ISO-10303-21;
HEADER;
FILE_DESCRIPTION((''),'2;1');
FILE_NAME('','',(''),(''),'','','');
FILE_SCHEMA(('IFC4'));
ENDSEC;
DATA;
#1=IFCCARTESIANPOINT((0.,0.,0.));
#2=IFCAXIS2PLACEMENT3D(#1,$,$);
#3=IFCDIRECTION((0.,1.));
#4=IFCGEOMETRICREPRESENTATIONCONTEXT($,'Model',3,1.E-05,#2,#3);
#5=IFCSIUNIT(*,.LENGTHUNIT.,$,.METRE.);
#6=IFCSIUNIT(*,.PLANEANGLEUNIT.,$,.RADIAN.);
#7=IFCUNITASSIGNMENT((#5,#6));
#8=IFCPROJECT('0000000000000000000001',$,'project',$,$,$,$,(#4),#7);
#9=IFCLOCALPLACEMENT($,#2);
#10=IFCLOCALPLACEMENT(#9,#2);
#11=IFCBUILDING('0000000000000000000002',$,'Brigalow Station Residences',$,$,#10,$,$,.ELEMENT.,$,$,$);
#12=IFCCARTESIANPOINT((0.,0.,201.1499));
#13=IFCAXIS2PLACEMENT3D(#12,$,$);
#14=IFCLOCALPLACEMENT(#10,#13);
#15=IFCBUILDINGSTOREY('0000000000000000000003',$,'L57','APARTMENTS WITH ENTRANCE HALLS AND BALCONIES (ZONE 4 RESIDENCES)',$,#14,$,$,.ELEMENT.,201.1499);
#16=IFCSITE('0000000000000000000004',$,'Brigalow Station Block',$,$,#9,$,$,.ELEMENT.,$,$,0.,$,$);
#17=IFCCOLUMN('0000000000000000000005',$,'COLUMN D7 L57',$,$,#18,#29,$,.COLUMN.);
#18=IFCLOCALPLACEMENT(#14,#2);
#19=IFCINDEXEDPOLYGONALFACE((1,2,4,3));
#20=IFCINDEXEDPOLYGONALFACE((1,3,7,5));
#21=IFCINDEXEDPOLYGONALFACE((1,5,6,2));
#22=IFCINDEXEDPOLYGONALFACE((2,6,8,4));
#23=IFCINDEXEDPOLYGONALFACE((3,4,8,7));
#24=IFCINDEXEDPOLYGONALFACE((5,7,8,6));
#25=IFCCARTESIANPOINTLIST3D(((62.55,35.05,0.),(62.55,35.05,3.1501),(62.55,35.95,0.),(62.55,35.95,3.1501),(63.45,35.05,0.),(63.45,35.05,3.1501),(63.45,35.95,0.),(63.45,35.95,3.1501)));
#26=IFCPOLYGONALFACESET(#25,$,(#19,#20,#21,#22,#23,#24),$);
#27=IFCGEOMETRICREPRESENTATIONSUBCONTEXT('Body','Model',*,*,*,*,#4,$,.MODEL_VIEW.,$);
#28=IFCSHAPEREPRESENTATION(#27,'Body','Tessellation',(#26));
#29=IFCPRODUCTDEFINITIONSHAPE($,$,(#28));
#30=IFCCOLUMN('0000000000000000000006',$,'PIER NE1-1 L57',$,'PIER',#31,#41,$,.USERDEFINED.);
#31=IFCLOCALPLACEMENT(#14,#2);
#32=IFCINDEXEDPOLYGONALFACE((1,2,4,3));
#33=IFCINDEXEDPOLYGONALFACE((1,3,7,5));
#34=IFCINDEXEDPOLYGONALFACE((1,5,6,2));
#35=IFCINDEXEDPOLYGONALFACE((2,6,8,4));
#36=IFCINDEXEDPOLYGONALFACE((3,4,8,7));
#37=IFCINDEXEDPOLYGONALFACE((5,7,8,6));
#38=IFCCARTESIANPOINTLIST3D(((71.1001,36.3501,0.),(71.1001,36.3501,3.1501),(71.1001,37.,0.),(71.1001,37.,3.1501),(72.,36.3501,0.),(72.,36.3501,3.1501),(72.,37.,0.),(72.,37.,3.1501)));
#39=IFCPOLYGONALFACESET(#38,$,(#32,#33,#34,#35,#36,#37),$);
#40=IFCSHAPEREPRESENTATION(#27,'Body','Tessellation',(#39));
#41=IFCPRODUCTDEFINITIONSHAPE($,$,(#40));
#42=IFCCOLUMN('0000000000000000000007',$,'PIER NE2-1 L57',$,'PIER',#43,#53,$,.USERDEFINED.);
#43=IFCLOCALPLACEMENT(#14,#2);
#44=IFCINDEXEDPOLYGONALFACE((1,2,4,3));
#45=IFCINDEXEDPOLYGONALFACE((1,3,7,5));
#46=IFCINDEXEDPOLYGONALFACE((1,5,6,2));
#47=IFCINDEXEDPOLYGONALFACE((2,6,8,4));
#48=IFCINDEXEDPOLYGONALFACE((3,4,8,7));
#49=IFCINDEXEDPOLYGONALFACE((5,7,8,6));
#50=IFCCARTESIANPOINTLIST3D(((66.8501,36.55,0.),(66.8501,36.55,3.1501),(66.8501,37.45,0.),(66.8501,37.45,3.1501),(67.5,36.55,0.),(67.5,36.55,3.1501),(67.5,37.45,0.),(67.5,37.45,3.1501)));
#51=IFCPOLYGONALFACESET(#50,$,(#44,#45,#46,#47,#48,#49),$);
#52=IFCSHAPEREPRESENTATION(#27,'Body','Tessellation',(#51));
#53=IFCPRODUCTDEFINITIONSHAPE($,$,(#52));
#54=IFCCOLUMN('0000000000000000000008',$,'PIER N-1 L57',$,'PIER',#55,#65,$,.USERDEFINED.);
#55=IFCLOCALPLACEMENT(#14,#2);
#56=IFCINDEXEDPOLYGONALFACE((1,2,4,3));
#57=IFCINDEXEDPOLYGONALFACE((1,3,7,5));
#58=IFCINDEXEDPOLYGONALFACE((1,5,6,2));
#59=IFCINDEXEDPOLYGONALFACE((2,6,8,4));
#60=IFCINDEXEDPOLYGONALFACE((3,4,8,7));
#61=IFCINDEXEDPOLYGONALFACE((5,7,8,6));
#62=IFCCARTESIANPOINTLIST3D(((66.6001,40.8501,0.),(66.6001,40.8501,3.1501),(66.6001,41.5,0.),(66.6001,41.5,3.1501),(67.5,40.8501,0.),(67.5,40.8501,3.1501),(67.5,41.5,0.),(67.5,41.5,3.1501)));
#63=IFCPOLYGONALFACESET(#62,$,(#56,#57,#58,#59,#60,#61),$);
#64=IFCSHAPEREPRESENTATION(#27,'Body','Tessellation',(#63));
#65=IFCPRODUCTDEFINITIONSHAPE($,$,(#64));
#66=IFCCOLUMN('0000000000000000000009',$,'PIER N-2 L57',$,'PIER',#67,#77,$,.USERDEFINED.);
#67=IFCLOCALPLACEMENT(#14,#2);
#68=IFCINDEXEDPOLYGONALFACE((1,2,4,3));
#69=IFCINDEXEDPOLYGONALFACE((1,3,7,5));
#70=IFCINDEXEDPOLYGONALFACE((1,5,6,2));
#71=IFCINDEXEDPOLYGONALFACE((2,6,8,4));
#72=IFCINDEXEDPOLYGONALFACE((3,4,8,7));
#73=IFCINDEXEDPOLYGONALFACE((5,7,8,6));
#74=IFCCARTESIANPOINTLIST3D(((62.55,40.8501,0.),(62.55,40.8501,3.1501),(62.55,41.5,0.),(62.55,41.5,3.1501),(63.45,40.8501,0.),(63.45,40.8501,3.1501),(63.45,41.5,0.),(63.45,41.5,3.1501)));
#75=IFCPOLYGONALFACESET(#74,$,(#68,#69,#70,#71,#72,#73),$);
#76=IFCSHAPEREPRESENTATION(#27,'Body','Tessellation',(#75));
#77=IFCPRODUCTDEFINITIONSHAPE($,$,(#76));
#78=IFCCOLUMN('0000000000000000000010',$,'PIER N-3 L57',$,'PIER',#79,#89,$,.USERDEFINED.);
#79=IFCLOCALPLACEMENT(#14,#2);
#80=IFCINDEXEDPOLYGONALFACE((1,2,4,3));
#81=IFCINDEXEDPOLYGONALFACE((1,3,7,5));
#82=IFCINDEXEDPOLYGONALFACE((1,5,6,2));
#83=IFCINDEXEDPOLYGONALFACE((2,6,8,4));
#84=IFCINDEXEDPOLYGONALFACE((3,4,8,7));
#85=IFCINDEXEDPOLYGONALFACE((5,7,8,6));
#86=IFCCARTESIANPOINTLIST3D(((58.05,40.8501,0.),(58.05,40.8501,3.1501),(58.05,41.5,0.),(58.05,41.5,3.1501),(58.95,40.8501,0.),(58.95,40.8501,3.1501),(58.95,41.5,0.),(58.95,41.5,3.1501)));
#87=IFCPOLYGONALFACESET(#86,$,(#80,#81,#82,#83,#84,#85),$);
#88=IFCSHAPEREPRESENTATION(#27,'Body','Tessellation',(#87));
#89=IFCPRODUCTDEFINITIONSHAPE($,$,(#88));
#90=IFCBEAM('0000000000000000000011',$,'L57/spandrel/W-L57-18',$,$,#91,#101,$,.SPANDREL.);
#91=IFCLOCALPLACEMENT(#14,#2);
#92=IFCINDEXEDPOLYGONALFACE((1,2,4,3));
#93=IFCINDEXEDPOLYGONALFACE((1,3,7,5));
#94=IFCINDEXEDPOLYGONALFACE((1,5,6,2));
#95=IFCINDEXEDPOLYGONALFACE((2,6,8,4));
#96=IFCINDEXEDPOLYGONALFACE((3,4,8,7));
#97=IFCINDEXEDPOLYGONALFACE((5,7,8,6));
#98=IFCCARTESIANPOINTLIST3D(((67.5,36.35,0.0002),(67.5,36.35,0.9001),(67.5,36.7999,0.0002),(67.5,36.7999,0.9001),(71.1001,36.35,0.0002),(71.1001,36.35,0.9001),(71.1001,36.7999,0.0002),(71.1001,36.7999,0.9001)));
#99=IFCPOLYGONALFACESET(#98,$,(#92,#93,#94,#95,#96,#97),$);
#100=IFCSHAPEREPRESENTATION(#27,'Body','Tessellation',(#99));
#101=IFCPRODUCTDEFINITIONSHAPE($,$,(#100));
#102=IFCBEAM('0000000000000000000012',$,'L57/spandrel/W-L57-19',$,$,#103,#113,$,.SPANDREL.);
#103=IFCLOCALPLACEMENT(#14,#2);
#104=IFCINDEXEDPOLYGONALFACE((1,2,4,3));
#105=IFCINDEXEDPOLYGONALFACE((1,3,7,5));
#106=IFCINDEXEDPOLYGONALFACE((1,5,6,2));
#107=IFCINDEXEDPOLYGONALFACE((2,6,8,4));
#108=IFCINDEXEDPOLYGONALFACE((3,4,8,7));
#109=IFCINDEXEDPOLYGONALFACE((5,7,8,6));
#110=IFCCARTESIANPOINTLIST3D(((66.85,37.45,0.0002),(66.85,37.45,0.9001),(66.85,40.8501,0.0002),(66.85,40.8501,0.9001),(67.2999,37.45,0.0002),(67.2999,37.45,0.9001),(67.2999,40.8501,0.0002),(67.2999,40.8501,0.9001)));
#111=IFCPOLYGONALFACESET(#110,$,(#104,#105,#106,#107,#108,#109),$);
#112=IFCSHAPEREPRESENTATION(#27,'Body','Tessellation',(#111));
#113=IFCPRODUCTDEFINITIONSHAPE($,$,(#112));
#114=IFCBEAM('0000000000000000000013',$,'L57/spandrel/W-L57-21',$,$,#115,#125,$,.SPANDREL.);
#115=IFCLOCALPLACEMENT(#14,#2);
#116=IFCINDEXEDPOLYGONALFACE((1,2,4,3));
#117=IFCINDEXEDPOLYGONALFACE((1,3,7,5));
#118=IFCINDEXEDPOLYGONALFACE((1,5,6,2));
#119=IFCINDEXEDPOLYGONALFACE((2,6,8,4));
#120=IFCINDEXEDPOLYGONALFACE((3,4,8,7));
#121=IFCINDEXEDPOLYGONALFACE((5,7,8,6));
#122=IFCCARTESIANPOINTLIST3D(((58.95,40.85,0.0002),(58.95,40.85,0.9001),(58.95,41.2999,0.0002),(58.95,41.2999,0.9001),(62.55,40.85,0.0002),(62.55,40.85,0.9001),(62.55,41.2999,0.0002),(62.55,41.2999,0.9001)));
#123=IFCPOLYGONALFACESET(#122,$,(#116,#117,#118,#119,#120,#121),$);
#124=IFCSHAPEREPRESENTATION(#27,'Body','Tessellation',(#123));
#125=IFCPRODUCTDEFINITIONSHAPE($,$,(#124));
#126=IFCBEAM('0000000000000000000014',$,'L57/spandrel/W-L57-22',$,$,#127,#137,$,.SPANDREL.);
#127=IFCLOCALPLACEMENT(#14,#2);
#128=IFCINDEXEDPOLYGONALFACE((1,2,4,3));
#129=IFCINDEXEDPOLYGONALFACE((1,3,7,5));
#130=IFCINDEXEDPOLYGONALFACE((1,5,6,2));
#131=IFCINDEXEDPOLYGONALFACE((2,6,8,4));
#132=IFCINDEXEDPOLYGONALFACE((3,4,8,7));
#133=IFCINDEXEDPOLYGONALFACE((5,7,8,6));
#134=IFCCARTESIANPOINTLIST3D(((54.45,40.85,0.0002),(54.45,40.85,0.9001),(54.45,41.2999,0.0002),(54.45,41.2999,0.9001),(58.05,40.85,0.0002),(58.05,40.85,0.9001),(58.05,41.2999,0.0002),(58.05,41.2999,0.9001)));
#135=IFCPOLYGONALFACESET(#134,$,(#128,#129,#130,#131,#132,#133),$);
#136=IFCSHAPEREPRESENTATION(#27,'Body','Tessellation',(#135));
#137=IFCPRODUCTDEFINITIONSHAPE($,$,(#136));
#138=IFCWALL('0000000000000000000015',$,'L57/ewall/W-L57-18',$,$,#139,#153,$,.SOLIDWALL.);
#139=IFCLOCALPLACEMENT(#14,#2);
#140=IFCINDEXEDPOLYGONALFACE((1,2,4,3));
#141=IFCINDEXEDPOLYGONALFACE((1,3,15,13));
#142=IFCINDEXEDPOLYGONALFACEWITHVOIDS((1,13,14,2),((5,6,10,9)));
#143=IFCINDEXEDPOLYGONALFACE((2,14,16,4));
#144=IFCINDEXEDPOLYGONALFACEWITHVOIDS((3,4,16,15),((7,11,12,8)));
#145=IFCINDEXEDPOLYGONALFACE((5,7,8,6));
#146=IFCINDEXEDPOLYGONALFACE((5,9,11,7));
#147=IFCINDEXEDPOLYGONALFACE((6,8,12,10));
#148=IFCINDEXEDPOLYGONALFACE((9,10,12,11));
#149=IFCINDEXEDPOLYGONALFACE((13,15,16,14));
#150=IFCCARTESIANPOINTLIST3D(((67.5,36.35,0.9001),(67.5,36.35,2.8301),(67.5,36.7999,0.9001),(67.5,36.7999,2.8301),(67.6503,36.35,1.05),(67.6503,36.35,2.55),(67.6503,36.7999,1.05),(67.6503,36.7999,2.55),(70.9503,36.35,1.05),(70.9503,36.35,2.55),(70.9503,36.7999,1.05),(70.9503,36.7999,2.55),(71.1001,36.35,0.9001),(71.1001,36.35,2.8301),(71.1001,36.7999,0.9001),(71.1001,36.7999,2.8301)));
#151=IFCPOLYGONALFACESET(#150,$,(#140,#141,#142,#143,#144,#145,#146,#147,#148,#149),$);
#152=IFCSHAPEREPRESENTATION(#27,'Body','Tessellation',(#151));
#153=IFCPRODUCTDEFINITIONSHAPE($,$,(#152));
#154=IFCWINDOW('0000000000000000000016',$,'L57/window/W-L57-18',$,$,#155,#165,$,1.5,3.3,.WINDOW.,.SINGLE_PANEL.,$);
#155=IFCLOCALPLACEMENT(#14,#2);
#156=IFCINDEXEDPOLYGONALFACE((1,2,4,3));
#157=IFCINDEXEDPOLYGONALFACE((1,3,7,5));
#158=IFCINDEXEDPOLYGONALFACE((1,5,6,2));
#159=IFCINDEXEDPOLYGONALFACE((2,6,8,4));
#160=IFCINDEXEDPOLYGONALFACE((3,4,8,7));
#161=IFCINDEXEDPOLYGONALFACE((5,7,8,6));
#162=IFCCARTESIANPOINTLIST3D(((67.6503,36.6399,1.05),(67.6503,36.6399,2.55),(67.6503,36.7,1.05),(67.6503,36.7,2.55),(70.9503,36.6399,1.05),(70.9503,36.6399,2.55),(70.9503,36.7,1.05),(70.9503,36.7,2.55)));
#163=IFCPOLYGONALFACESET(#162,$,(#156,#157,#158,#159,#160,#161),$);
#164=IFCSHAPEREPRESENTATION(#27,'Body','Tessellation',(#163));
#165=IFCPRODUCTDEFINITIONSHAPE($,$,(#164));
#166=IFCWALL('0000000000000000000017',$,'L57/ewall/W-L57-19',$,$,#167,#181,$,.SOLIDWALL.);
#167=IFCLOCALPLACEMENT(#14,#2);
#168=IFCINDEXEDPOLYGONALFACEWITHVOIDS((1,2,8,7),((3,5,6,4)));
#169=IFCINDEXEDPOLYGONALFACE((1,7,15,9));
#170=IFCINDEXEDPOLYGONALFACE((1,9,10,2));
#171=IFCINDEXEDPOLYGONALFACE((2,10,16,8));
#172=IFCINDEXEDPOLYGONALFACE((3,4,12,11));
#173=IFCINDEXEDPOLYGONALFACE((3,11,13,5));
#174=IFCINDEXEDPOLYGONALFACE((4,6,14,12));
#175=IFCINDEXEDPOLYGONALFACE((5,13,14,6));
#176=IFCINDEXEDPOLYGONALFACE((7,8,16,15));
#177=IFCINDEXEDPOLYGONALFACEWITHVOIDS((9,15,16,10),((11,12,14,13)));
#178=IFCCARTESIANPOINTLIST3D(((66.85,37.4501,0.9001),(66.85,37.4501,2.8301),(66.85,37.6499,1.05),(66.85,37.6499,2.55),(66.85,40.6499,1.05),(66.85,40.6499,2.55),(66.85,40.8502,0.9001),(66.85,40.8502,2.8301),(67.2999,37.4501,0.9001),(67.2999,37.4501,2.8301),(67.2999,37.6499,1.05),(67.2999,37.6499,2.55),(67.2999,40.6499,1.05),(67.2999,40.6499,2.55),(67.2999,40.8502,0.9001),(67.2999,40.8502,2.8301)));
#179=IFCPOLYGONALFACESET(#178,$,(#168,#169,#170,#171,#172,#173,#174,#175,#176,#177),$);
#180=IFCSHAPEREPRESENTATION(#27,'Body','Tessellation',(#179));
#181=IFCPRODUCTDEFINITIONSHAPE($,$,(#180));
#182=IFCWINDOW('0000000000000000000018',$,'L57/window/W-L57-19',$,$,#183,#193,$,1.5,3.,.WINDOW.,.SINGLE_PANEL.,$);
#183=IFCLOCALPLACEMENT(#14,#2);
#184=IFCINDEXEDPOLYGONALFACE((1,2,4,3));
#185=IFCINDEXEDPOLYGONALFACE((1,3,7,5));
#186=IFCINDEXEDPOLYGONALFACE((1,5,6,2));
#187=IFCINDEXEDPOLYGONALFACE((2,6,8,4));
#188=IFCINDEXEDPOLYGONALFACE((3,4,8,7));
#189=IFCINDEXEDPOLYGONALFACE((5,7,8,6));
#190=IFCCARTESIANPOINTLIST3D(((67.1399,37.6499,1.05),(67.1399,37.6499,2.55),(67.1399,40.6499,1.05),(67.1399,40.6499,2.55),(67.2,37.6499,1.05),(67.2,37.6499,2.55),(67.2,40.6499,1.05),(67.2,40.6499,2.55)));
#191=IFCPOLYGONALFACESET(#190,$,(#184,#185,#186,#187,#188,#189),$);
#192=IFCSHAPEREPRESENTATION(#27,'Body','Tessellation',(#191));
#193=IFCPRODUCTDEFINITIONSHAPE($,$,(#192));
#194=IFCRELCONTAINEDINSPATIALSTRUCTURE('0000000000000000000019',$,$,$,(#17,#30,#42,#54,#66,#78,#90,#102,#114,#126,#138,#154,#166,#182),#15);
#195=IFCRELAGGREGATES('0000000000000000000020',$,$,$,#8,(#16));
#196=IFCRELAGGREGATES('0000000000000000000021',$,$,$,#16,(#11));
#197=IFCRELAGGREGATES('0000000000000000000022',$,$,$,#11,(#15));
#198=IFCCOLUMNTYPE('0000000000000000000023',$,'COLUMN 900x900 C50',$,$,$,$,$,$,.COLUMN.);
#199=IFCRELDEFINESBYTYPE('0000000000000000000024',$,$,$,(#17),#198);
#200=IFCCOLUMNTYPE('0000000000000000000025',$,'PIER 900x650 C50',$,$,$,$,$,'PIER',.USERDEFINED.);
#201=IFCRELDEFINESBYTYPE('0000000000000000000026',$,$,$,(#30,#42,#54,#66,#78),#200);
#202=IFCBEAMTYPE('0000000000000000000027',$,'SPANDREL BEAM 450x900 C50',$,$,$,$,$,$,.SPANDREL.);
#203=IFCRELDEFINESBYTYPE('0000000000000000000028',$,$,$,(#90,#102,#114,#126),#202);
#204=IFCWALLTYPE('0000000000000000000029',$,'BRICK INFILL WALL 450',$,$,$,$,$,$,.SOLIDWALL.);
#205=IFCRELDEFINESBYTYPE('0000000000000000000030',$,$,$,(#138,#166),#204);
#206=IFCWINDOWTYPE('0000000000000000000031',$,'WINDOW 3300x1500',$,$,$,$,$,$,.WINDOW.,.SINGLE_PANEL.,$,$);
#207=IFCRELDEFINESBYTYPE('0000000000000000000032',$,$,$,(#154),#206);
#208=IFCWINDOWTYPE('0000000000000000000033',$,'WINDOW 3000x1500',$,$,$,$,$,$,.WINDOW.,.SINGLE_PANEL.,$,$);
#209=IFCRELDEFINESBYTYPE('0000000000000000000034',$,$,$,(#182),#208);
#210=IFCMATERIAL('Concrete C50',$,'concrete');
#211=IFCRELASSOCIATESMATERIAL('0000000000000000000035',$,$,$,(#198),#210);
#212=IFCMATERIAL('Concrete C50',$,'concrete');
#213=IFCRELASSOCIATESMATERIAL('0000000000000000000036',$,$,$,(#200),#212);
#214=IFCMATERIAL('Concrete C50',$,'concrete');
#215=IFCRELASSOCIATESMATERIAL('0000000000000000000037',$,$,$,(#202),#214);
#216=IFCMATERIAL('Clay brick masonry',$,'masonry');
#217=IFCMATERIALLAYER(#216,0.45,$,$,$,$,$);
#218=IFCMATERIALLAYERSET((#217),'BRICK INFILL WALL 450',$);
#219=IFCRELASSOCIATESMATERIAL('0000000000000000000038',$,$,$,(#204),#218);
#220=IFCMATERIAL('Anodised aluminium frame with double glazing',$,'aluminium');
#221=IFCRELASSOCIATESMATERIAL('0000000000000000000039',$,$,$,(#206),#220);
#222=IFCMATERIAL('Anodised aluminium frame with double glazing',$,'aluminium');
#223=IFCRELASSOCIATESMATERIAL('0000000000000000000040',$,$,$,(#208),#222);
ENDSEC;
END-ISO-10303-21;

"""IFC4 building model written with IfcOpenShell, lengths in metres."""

from ifc_helpers import new_model, si_unit, direction, frame, frame_2d, origin, origin_2d, place, context, subcontext, project, spatial, rectangle, extrude, material, layer, layer_set, material_profile, profile_set, type_object, element, fill, save


model = new_model("IFC4")

# Units and contexts
model_context = context("Model", 3, precision=1e-05, world=origin(), true_north=direction((0.0, 1.0)))
body_context = subcontext(model_context, "Body", "Model", "MODEL_VIEW")
ifc_project = project(units=[si_unit("LENGTHUNIT", "METRE"), si_unit("PLANEANGLEUNIT", "RADIAN")], contexts=[model_context])

# Site, building, storey
site_placement = place(None, origin())
site = spatial("IfcSite", under=ifc_project, at=site_placement, Name="Brigalow Station Block", CompositionType="ELEMENT", RefElevation=0.0)
building_placement = place(site_placement, origin())
building = spatial("IfcBuilding", under=site, at=building_placement, Name="Brigalow Station Residences", CompositionType="ELEMENT")
storey_placement = place(building_placement, frame((0.0, 0.0, 201.1499)))
storey = spatial("IfcBuildingStorey", under=building, at=storey_placement, Name="L57", Description="APARTMENTS WITH ENTRANCE HALLS AND BALCONIES (ZONE 4 RESIDENCES)", CompositionType="ELEMENT", Elevation=201.1499)

# Columns
ifc_material_1 = material(Name="Concrete C50", Category="concrete")
ifc_material_profile_1 = material_profile(ifc_material_1, rectangle(XDim=0.8999, YDim=0.8999, at=origin_2d()), Name="RC900x900")
ifc_profile_set_1 = profile_set([ifc_material_profile_1], Name="Concrete C50")
column_type_1 = type_object("IfcColumnType", Name="COLUMN 900x900 C50", PredefinedType="COLUMN", material=ifc_profile_set_1)
column_placement = place(storey_placement, frame((63.0, 35.5, 0.0), z_axis=(0.0, 0.0, 1.0), x_axis=(1.0, 0.0, 0.0)))
element("IfcColumn", 1, at=column_placement, inside=storey, type_object=column_type_1, Name="COLUMN D7 L57", PredefinedType="COLUMN", context=body_context, shape_type="SweptSolid", body=[
    extrude(rectangle(XDim=0.8999, YDim=0.8999, at=origin_2d()), origin(), (0.0, 0.0, 1.0), 3.1501),
])
ifc_material_2 = material(Name="Concrete C50", Category="concrete")
ifc_material_profile_2 = material_profile(ifc_material_2, rectangle(XDim=0.8999, YDim=0.6499, at=origin_2d()), Name="RC900x650")
ifc_profile_set_2 = profile_set([ifc_material_profile_2], Name="Concrete C50")
column_type_2 = type_object("IfcColumnType", Name="PIER 900x650 C50", ElementType="PIER", PredefinedType="USERDEFINED", material=ifc_profile_set_2)
for number, where, z_axis, x_axis, name in (
    (2, (71.55, 36.675, 0.0), (0.0, 0.0, 1.0), (-1.0, 0.0, 0.0), "PIER NE1-1 L57"),
    (3, (67.175, 37.0, 0.0), (0.0, 0.0, 1.0), (0.0, 1.0, 0.0), "PIER NE2-1 L57"),
    (4, (67.05, 41.175, 0.0), (0.0, 0.0, 1.0), (-1.0, 0.0, 0.0), "PIER N-1 L57"),
    (5, (63.0, 41.175, 0.0), (0.0, 0.0, 1.0), (-1.0, 0.0, 0.0), "PIER N-2 L57"),
    (6, (58.5, 41.175, 0.0), (0.0, 0.0, 1.0), (-1.0, 0.0, 0.0), "PIER N-3 L57"),
):
    element("IfcColumn", number, at=place(storey_placement, frame(where, z_axis=z_axis, x_axis=x_axis)), inside=storey, type_object=column_type_2, Name=name, ObjectType="PIER", PredefinedType="USERDEFINED", context=body_context, shape_type="SweptSolid", body=[
        extrude(rectangle(XDim=0.8999, YDim=0.6499, at=origin_2d()), origin(), (0.0, 0.0, 1.0), 3.1501),
    ])

# Beams
ifc_material_3 = material(Name="Concrete C50", Category="concrete")
ifc_material_profile_3 = material_profile(ifc_material_3, rectangle(XDim=0.45, YDim=0.8999, at=origin_2d()), Name="RC450x900")
ifc_profile_set_3 = profile_set([ifc_material_profile_3], Name="Concrete C50")
beam_type = type_object("IfcBeamType", Name="SPANDREL BEAM 450x900 C50", PredefinedType="SPANDREL", material=ifc_profile_set_3)
beam_1_placement = place(storey_placement, frame((71.1001, 36.575, 0.4502), z_axis=(-1.0, 0.0, 0.0), x_axis=(0.0, -1.0, 0.0)))
element("IfcBeam", 7, at=beam_1_placement, inside=storey, type_object=beam_type, Name="L57/spandrel/W-L57-18", PredefinedType="SPANDREL", context=body_context, shape_type="SweptSolid", body=[
    extrude(rectangle(XDim=0.45, YDim=0.8999, at=origin_2d()), origin(), (0.0, 0.0, 1.0), 3.6001),
])
beam_2_placement = place(storey_placement, frame((67.075, 37.45, 0.4502), z_axis=(0.0, 1.0, 0.0), x_axis=(-1.0, 0.0, 0.0)))
element("IfcBeam", 8, at=beam_2_placement, inside=storey, type_object=beam_type, Name="L57/spandrel/W-L57-19", PredefinedType="SPANDREL", context=body_context, shape_type="SweptSolid", body=[
    extrude(rectangle(XDim=0.45, YDim=0.8999, at=origin_2d()), origin(), (0.0, 0.0, 1.0), 3.4001),
])
for number, where, z_axis, x_axis, name in (
    (9, (62.55, 41.075, 0.4502), (-1.0, 0.0, 0.0), (0.0, -1.0, 0.0), "L57/spandrel/W-L57-21"),
    (10, (58.05, 41.075, 0.4502), (-1.0, 0.0, 0.0), (0.0, -1.0, 0.0), "L57/spandrel/W-L57-22"),
):
    element("IfcBeam", number, at=place(storey_placement, frame(where, z_axis=z_axis, x_axis=x_axis)), inside=storey, type_object=beam_type, Name=name, PredefinedType="SPANDREL", context=body_context, shape_type="SweptSolid", body=[
        extrude(rectangle(XDim=0.45, YDim=0.8999, at=origin_2d()), origin(), (0.0, 0.0, 1.0), 3.6001),
    ])

# Walls, openings, windows
ifc_material_4 = material(Name="Clay brick masonry", Category="masonry")
ifc_layer_1 = layer(ifc_material_4, 0.45)
ifc_layer_set_1 = layer_set([ifc_layer_1], Name="BRICK INFILL WALL 450")
wall_type_1 = type_object("IfcWallType", Name="BRICK INFILL WALL 450", PredefinedType="SOLIDWALL", material=ifc_layer_set_1)
wall_1_placement = place(storey_placement, frame((71.1001, 36.575, 0.9001), z_axis=(0.0, 0.0, 1.0), x_axis=(-1.0, 0.0, 0.0)))
wall_1 = element("IfcWall", 11, at=wall_1_placement, inside=storey, type_object=wall_type_1, Name="L57/ewall/W-L57-18", PredefinedType="SOLIDWALL", context=body_context, shape_type="SweptSolid", body=[
    extrude(rectangle(XDim=3.6001, YDim=0.45, at=frame_2d((1.8, 0.0))), origin(), (0.0, 0.0, 1.0), 1.9299),
])
opening_1_placement = place(wall_1_placement, frame((0.1499, 0.0, 0.1499)))
opening_1 = element("IfcOpeningElement", 12, at=opening_1_placement, cuts=wall_1, PredefinedType="OPENING", context=body_context, shape_type="SweptSolid", body=[
    extrude(rectangle(XDim=3.3, YDim=1.5, at=frame_2d((1.6499, 0.75))), frame((0.0, 0.2349, 0.0), z_axis=(0.0, -1.0, 0.0), x_axis=(1.0, 0.0, 0.0)), (0.0, 0.0, 1.0), 0.47),
])
ifc_material_5 = material(Name="Anodised aluminium frame with double glazing", Category="aluminium")
window_type_1 = type_object("IfcWindowType", Name="WINDOW 3300x1500", PartitioningType="SINGLE_PANEL", PredefinedType="WINDOW", material=ifc_material_5)
window_1_placement = place(opening_1_placement, origin())
window_1 = element("IfcWindow", 13, at=window_1_placement, inside=storey, type_object=window_type_1, Name="L57/window/W-L57-18", OverallHeight=1.5, OverallWidth=3.3, PartitioningType="SINGLE_PANEL", PredefinedType="WINDOW", context=body_context, shape_type="SweptSolid", body=[
    extrude(rectangle(XDim=3.3, YDim=1.5, at=frame_2d((1.6499, 0.75))), frame((0.0, -0.0649, 0.0), z_axis=(0.0, -1.0, 0.0), x_axis=(1.0, 0.0, 0.0)), (0.0, 0.0, 1.0), 0.0601),
])
fill(opening_1, window_1)
wall_2_placement = place(storey_placement, frame((67.075, 37.45, 0.9001), z_axis=(0.0, 0.0, 1.0), x_axis=(0.0, 1.0, 0.0)))
wall_2 = element("IfcWall", 14, at=wall_2_placement, inside=storey, type_object=wall_type_1, Name="L57/ewall/W-L57-19", PredefinedType="SOLIDWALL", context=body_context, shape_type="SweptSolid", body=[
    extrude(rectangle(XDim=3.4001, YDim=0.45, at=frame_2d((1.7002, 0.0))), origin(), (0.0, 0.0, 1.0), 1.9299),
])
opening_2_placement = place(wall_2_placement, frame((0.2, 0.0, 0.1499)))
opening_2 = element("IfcOpeningElement", 15, at=opening_2_placement, cuts=wall_2, PredefinedType="OPENING", context=body_context, shape_type="SweptSolid", body=[
    extrude(rectangle(XDim=3.0, YDim=1.5, at=frame_2d((1.5, 0.75))), frame((0.0, 0.2349, 0.0), z_axis=(0.0, -1.0, 0.0), x_axis=(1.0, 0.0, 0.0)), (0.0, 0.0, 1.0), 0.47),
])
ifc_material_6 = material(Name="Anodised aluminium frame with double glazing", Category="aluminium")
window_type_2 = type_object("IfcWindowType", Name="WINDOW 3000x1500", PartitioningType="SINGLE_PANEL", PredefinedType="WINDOW", material=ifc_material_6)
window_2_placement = place(opening_2_placement, origin())
window_2 = element("IfcWindow", 16, at=window_2_placement, inside=storey, type_object=window_type_2, Name="L57/window/W-L57-19", OverallHeight=1.5, OverallWidth=3.0, PartitioningType="SINGLE_PANEL", PredefinedType="WINDOW", context=body_context, shape_type="SweptSolid", body=[
    extrude(rectangle(XDim=3.0, YDim=1.5, at=frame_2d((1.5, 0.75))), frame((0.0, -0.0649, 0.0), z_axis=(0.0, -1.0, 0.0), x_axis=(1.0, 0.0, 0.0)), (0.0, 0.0, 1.0), 0.0601),
])
fill(opening_2, window_2)

save(model, "model.ifc")
